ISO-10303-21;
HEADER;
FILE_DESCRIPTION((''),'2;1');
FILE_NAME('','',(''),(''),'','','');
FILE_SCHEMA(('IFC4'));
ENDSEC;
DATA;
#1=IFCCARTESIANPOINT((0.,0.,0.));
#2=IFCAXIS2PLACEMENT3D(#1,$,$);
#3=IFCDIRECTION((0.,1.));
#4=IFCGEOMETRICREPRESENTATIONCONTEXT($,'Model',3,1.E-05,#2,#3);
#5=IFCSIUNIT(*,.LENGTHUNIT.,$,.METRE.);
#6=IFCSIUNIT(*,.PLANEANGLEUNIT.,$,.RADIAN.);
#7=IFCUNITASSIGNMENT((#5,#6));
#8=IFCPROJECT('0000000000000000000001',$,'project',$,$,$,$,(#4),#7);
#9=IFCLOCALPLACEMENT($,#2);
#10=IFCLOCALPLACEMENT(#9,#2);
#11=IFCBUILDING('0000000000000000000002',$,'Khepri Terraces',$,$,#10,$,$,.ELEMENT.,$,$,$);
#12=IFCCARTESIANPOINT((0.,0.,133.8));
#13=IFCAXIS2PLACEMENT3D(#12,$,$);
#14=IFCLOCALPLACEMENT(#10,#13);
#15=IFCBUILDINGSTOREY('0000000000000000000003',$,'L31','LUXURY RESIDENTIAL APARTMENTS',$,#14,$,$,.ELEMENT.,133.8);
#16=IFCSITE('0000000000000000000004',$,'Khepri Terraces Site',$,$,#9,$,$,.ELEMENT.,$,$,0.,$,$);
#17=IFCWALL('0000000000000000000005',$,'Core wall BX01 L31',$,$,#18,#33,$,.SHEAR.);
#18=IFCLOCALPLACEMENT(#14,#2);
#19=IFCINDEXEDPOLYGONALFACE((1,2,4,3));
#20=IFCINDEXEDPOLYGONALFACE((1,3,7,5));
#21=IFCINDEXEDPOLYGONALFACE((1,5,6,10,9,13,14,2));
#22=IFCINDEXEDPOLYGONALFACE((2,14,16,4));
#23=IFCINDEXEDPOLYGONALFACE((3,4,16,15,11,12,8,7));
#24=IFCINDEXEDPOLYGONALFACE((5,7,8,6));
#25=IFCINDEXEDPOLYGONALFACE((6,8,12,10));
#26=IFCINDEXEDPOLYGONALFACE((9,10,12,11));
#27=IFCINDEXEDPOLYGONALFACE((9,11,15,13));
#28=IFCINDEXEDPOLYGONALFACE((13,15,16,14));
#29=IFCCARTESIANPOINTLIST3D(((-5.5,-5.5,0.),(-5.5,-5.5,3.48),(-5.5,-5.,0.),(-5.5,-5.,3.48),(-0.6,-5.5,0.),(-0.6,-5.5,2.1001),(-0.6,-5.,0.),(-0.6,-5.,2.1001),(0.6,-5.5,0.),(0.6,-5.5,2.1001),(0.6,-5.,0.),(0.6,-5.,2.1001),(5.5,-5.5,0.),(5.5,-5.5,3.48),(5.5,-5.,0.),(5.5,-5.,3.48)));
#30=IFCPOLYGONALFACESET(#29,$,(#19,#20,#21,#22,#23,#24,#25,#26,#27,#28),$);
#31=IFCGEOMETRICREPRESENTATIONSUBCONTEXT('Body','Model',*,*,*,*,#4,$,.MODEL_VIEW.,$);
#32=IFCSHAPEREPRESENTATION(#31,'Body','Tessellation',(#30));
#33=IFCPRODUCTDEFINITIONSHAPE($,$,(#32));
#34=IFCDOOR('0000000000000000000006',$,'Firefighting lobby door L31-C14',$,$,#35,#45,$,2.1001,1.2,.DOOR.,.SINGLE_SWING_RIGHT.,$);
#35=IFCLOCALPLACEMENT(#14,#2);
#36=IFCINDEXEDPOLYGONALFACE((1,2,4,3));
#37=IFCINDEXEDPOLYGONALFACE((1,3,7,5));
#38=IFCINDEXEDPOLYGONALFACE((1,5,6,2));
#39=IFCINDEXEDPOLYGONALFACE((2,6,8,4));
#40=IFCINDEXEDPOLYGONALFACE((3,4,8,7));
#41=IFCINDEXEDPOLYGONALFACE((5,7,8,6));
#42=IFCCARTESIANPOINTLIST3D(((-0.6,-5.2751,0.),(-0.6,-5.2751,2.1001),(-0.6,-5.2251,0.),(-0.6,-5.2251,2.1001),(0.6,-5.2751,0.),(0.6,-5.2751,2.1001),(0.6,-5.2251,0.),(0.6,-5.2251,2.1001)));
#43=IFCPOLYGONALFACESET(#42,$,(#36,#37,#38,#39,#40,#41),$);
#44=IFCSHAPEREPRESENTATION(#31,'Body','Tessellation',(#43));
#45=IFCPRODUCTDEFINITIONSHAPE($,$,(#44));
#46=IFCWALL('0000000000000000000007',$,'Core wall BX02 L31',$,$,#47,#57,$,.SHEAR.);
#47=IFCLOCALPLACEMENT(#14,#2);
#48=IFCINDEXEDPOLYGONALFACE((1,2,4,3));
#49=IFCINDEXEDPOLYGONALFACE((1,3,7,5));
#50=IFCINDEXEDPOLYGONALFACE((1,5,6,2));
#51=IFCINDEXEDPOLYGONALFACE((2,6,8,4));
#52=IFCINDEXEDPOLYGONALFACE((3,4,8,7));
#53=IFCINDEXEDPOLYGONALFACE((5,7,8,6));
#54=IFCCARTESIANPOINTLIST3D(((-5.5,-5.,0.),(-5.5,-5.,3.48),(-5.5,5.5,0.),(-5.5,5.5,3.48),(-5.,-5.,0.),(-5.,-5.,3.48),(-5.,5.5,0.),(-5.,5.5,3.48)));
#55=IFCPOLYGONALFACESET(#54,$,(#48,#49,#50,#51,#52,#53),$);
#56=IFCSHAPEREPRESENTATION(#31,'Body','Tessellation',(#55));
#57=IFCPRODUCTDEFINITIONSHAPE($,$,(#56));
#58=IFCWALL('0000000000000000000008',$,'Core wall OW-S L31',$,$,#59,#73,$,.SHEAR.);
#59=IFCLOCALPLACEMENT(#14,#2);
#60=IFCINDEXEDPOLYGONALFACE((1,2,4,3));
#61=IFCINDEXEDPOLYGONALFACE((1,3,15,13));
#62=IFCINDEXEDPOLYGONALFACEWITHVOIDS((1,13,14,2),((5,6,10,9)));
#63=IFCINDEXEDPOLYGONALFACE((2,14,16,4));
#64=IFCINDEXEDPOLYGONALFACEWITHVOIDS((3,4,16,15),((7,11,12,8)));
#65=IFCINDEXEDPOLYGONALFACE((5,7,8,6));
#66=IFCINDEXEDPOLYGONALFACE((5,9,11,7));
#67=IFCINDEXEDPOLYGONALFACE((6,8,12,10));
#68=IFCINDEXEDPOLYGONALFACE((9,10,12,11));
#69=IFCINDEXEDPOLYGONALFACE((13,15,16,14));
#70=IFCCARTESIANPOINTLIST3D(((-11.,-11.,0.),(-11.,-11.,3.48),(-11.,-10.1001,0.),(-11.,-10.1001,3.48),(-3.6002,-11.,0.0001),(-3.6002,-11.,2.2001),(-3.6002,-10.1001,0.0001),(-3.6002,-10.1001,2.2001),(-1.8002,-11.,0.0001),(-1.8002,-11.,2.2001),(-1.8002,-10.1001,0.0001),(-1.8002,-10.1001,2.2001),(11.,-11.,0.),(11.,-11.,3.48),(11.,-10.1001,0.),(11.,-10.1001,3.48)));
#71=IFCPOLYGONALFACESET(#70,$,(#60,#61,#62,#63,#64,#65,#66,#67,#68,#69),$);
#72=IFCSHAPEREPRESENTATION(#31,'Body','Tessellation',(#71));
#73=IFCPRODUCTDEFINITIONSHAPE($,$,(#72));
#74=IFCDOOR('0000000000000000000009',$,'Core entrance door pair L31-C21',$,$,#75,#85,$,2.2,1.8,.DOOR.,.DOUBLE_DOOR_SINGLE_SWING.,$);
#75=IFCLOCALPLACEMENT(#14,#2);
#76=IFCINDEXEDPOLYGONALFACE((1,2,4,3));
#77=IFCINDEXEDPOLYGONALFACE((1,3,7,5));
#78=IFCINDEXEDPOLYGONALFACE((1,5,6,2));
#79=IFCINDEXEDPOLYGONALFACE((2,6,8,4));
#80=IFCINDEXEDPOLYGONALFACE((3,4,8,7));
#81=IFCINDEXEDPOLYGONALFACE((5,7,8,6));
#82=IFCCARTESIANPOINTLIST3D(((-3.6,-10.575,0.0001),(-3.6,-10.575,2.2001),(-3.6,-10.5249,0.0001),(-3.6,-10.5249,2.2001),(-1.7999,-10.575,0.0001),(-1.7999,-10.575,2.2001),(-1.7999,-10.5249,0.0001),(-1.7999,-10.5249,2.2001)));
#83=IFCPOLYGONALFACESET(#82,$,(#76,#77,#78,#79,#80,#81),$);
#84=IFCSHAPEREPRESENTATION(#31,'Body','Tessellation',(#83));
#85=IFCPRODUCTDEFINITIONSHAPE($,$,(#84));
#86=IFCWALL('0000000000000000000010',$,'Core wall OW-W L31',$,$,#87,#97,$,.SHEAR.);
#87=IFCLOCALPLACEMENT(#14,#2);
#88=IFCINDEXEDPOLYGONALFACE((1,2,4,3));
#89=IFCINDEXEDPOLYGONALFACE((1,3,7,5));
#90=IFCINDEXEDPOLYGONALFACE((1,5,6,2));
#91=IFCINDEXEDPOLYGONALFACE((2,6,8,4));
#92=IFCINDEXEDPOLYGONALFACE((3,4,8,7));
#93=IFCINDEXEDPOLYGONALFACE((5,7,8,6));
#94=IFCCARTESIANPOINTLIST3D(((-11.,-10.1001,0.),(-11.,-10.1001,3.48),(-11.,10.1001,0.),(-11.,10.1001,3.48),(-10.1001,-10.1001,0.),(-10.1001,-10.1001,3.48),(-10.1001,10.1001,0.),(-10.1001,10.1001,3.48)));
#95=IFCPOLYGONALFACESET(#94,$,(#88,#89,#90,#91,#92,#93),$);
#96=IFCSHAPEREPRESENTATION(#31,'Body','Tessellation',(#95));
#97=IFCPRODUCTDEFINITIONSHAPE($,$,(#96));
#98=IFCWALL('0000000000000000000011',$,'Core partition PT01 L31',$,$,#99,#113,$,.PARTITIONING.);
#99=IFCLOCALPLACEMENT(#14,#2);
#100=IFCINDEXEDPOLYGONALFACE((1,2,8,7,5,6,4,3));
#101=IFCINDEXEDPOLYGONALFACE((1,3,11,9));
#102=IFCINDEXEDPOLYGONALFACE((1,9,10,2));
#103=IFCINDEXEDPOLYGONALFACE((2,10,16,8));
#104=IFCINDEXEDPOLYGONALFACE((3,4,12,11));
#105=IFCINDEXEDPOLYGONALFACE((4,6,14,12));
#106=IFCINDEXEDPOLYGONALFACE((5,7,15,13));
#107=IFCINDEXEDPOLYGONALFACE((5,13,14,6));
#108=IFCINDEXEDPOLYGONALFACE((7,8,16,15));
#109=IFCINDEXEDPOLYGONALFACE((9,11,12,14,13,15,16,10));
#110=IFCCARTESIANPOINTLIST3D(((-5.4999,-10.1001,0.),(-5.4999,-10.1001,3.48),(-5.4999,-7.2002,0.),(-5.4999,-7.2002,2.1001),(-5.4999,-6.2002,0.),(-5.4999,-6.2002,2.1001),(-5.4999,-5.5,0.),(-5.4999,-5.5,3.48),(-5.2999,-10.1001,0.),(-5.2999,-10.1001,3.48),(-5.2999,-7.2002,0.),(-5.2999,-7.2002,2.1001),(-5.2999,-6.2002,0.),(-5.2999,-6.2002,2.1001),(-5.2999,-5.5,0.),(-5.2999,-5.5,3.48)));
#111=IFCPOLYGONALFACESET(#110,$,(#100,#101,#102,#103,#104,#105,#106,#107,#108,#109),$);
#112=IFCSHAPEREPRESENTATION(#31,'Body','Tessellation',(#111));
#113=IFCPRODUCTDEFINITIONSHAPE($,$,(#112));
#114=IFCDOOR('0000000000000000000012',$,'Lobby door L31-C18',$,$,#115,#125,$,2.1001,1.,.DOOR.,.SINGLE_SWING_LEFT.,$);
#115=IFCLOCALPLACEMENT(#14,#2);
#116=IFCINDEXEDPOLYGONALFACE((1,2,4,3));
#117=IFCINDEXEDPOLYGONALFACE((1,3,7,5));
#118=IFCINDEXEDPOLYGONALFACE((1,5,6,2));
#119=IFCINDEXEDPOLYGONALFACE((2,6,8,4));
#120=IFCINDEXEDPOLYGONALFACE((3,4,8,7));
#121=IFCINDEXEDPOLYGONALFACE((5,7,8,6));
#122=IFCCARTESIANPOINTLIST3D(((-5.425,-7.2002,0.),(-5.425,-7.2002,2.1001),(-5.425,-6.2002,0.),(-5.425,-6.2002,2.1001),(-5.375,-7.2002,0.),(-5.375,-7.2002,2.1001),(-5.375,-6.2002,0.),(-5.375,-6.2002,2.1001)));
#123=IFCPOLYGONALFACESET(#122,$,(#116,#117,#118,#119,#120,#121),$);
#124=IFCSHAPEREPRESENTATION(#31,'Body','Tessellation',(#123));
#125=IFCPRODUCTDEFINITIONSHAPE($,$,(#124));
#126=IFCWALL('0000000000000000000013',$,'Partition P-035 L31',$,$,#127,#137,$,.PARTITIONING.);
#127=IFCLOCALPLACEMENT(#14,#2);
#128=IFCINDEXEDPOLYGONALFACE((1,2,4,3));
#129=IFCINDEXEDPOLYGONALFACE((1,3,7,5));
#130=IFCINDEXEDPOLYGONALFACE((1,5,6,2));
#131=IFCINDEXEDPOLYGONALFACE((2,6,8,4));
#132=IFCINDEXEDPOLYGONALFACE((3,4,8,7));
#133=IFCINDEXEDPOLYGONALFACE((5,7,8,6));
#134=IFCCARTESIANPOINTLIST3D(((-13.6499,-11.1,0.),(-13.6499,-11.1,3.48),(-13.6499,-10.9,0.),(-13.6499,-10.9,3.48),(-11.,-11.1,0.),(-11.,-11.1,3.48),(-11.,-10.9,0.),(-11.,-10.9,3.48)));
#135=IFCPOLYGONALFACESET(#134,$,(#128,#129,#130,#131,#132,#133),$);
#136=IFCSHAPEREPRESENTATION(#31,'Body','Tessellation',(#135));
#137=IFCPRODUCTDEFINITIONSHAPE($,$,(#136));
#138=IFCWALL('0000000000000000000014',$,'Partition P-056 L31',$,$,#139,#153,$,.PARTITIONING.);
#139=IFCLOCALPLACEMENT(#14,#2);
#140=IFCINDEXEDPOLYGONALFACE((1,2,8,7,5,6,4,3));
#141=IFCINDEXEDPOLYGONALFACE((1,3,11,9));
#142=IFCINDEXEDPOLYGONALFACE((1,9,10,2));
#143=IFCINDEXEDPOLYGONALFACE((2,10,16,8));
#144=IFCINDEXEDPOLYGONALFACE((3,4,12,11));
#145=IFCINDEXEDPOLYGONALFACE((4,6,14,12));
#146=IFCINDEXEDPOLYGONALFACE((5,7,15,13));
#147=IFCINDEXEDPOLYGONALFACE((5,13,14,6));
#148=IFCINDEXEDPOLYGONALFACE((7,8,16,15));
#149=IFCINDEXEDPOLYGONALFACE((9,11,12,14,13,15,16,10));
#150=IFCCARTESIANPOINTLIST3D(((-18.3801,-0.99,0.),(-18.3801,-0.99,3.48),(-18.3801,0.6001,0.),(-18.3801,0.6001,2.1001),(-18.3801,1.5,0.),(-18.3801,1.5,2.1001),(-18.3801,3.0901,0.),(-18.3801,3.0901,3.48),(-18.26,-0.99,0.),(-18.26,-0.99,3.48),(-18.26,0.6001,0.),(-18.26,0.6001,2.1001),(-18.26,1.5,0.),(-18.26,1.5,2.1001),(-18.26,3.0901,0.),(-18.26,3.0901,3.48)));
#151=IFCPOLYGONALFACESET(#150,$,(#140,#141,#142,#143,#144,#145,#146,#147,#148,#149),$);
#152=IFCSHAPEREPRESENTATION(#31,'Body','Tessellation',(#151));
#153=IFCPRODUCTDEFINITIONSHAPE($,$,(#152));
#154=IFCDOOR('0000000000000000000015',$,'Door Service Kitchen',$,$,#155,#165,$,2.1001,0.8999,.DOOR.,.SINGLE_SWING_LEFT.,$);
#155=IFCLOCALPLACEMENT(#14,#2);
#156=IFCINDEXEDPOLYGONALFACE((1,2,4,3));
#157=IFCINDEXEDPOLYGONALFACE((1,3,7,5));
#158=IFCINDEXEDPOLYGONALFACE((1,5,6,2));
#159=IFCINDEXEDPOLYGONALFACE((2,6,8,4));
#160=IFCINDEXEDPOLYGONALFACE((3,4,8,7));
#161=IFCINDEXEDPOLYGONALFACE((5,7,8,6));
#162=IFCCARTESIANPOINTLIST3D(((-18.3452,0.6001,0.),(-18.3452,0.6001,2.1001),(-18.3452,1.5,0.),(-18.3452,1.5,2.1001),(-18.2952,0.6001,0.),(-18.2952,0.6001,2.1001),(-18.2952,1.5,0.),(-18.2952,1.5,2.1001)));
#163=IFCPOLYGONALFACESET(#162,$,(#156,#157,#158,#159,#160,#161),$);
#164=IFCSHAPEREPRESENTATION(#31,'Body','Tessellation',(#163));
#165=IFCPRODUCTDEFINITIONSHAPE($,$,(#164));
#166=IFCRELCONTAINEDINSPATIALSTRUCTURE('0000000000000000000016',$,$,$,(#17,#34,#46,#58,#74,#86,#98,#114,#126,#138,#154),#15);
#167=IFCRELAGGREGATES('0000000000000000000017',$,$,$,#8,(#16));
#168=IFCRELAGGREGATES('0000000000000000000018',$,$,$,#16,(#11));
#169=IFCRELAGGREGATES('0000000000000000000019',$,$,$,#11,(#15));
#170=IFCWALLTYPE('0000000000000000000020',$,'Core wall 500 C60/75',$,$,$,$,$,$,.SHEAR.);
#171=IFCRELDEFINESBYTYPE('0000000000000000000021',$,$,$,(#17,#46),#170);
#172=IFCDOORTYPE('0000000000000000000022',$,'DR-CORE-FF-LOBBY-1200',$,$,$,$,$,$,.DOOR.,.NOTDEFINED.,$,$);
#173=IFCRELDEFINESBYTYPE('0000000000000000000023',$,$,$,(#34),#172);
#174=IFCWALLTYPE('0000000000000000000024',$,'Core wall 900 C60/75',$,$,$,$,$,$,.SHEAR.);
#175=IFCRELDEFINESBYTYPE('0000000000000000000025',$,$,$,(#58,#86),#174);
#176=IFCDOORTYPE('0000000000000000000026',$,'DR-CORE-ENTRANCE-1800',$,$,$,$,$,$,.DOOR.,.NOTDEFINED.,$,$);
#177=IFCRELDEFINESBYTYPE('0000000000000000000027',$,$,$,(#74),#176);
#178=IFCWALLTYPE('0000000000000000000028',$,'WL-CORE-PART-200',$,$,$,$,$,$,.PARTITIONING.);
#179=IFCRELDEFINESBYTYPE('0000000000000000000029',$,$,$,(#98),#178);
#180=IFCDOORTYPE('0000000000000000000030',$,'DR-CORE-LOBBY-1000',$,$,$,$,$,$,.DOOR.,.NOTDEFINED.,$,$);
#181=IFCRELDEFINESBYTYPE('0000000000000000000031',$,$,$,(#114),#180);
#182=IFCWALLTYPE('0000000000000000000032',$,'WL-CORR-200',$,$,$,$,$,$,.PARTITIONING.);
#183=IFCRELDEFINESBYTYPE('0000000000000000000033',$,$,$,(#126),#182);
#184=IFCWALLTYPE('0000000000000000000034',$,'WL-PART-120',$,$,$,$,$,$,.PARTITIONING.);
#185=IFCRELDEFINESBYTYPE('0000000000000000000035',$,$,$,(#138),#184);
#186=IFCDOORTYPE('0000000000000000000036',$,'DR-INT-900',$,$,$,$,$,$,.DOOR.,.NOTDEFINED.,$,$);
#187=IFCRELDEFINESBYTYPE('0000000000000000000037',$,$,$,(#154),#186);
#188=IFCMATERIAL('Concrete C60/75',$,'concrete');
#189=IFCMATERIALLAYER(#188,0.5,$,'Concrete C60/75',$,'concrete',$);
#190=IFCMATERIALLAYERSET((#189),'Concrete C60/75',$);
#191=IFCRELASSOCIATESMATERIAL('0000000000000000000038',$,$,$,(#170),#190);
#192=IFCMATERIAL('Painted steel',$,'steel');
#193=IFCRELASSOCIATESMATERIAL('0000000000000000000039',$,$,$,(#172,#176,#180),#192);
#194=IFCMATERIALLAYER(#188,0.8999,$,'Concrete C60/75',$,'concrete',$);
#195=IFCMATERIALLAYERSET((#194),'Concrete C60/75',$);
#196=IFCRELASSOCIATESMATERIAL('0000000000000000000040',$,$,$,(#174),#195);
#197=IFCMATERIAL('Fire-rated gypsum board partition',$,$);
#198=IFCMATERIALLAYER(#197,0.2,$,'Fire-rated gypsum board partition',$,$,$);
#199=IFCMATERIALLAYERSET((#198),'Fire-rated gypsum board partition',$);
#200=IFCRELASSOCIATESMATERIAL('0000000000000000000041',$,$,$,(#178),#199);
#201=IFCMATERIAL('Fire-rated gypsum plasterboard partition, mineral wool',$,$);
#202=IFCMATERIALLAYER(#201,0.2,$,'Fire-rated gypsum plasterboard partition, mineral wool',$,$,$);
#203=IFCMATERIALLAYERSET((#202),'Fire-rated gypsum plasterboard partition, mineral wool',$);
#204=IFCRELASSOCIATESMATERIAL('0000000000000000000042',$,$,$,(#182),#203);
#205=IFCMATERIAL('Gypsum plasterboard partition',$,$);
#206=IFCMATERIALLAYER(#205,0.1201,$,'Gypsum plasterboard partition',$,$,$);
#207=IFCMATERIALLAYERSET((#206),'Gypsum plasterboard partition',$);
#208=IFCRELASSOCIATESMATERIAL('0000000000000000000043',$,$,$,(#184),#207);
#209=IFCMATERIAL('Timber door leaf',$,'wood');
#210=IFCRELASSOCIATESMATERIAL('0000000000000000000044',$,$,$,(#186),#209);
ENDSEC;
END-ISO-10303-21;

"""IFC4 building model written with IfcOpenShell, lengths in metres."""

from ifc_helpers import new_model, si_unit, direction, frame, frame_2d, origin, place, context, subcontext, project, spatial, rectangle, extrude, material, layer, layer_set, type_object, element, fill, save


model = new_model("IFC4")

# Units and contexts
model_context = context("Model", 3, precision=1e-05, world=origin(), true_north=direction((0.0, 1.0)))
body_context = subcontext(model_context, "Body", "Model", "MODEL_VIEW")
ifc_project = project(units=[si_unit("LENGTHUNIT", "METRE"), si_unit("PLANEANGLEUNIT", "RADIAN")], contexts=[model_context])

# Site, building, storey
site_placement = place(None, origin())
site = spatial("IfcSite", under=ifc_project, at=site_placement, Name="Khepri Terraces Site", CompositionType="ELEMENT", RefElevation=0.0)
building_placement = place(site_placement, origin())
building = spatial("IfcBuilding", under=site, at=building_placement, Name="Khepri Terraces", CompositionType="ELEMENT")
storey_placement = place(building_placement, frame((0.0, 0.0, 133.8)))
storey = spatial("IfcBuildingStorey", under=building, at=storey_placement, Name="L31", Description="LUXURY RESIDENTIAL APARTMENTS", CompositionType="ELEMENT", Elevation=133.8)

# Shared definitions
ifc_material_1 = material(Name="Concrete C60/75", Category="concrete")

# Shared definitions
ifc_material_2 = material(Name="Painted steel", Category="steel")

# Wall, opening, door
ifc_layer_1 = layer(ifc_material_1, 0.5, Name="Concrete C60/75", Category="concrete")
ifc_layer_set_1 = layer_set([ifc_layer_1], Name="Concrete C60/75")
wall_type_1 = type_object("IfcWallType", Name="Core wall 500 C60/75", PredefinedType="SHEAR", material=ifc_layer_set_1)
wall_1_placement = place(storey_placement, frame((-5.5, -5.25, 0.0), z_axis=(0.0, 0.0, 1.0), x_axis=(1.0, 0.0, 0.0)))
wall_1 = element("IfcWall", 1, at=wall_1_placement, inside=storey, type_object=wall_type_1, Name="Core wall BX01 L31", PredefinedType="SHEAR", context=body_context, shape_type="SweptSolid", body=[
    extrude(rectangle(XDim=11.0, YDim=0.5, at=frame_2d((5.5, 0.0))), origin(), (0.0, 0.0, 1.0), 3.48),
])
opening_1_placement = place(wall_1_placement, frame((4.8999, 0.0, 0.0)))
opening_1 = element("IfcOpeningElement", 2, at=opening_1_placement, cuts=wall_1, PredefinedType="OPENING", context=body_context, shape_type="SweptSolid", body=[
    extrude(rectangle(XDim=1.2, YDim=2.1001, at=frame_2d((0.6001, 1.05))), frame((0.0, 0.26, 0.0), z_axis=(0.0, -1.0, 0.0), x_axis=(1.0, 0.0, 0.0)), (0.0, 0.0, 1.0), 0.52),
])
door_type_1 = type_object("IfcDoorType", Name="DR-CORE-FF-LOBBY-1200", OperationType="NOTDEFINED", PredefinedType="DOOR", material=ifc_material_2)
door_1_placement = place(opening_1_placement, origin())
door_1 = element("IfcDoor", 3, at=door_1_placement, inside=storey, type_object=door_type_1, Name="Firefighting lobby door L31-C14", OperationType="SINGLE_SWING_RIGHT", OverallHeight=2.1001, OverallWidth=1.2, PredefinedType="DOOR", context=body_context, shape_type="SweptSolid", body=[
    extrude(rectangle(XDim=1.2, YDim=2.1001, at=frame_2d((0.6001, 1.05))), frame((0.0, 0.0249, 0.0), z_axis=(0.0, -1.0, 0.0), x_axis=(1.0, 0.0, 0.0)), (0.0, 0.0, 1.0), 0.05),
])
fill(opening_1, door_1)

# Wall
wall_2_placement = place(storey_placement, frame((-5.25, -5.0, 0.0), z_axis=(0.0, 0.0, 1.0), x_axis=(0.0, 1.0, 0.0)))
element("IfcWall", 4, at=wall_2_placement, inside=storey, type_object=wall_type_1, Name="Core wall BX02 L31", PredefinedType="SHEAR", context=body_context, shape_type="SweptSolid", body=[
    extrude(rectangle(XDim=10.5, YDim=0.5, at=frame_2d((5.25, 0.0))), origin(), (0.0, 0.0, 1.0), 3.48),
])

# Wall, opening, door
ifc_layer_2 = layer(ifc_material_1, 0.8999, Name="Concrete C60/75", Category="concrete")
ifc_layer_set_2 = layer_set([ifc_layer_2], Name="Concrete C60/75")
wall_type_2 = type_object("IfcWallType", Name="Core wall 900 C60/75", PredefinedType="SHEAR", material=ifc_layer_set_2)
wall_3_placement = place(storey_placement, frame((-11.0, -10.55, 0.0), z_axis=(0.0, 0.0, 1.0), x_axis=(1.0, 0.0, 0.0)))
wall_3 = element("IfcWall", 5, at=wall_3_placement, inside=storey, type_object=wall_type_2, Name="Core wall OW-S L31", PredefinedType="SHEAR", context=body_context, shape_type="SweptSolid", body=[
    extrude(rectangle(XDim=22.0, YDim=0.8999, at=frame_2d((11.0, 0.0))), origin(), (0.0, 0.0, 1.0), 3.48),
])
opening_2_placement = place(wall_3_placement, frame((7.3999, 0.0, 0.0)))
opening_2 = element("IfcOpeningElement", 6, at=opening_2_placement, cuts=wall_3, PredefinedType="OPENING", context=body_context, shape_type="SweptSolid", body=[
    extrude(rectangle(XDim=1.8, YDim=2.2, at=frame_2d((0.8999, 1.1001))), frame((0.0, 0.46, 0.0), z_axis=(0.0, -1.0, 0.0), x_axis=(1.0, 0.0, 0.0)), (0.0, 0.0, 1.0), 0.9199),
])
door_type_2 = type_object("IfcDoorType", Name="DR-CORE-ENTRANCE-1800", OperationType="NOTDEFINED", PredefinedType="DOOR", material=ifc_material_2)
door_2_placement = place(opening_2_placement, frame((1.8, 0.0, 0.0), z_axis=(0.0, 0.0, 1.0), x_axis=(-1.0, 0.0, 0.0)))
door_2 = element("IfcDoor", 7, at=door_2_placement, inside=storey, type_object=door_type_2, Name="Core entrance door pair L31-C21", OperationType="DOUBLE_DOOR_SINGLE_SWING", OverallHeight=2.2, OverallWidth=1.8, PredefinedType="DOOR", context=body_context, shape_type="SweptSolid", body=[
    extrude(rectangle(XDim=1.8, YDim=2.2, at=frame_2d((0.8999, 1.1001))), frame((0.0, 0.0249, 0.0), z_axis=(0.0, -1.0, 0.0), x_axis=(1.0, 0.0, 0.0)), (0.0, 0.0, 1.0), 0.05),
])
fill(opening_2, door_2)

# Wall
wall_4_placement = place(storey_placement, frame((-10.55, -10.1001, 0.0), z_axis=(0.0, 0.0, 1.0), x_axis=(0.0, 1.0, 0.0)))
element("IfcWall", 8, at=wall_4_placement, inside=storey, type_object=wall_type_2, Name="Core wall OW-W L31", PredefinedType="SHEAR", context=body_context, shape_type="SweptSolid", body=[
    extrude(rectangle(XDim=20.2002, YDim=0.8999, at=frame_2d((10.1001, 0.0))), origin(), (0.0, 0.0, 1.0), 3.48),
])

# Wall, opening, door
ifc_material_3 = material(Name="Fire-rated gypsum board partition")
ifc_layer_3 = layer(ifc_material_3, 0.2, Name="Fire-rated gypsum board partition")
ifc_layer_set_3 = layer_set([ifc_layer_3], Name="Fire-rated gypsum board partition")
wall_type_3 = type_object("IfcWallType", Name="WL-CORE-PART-200", PredefinedType="PARTITIONING", material=ifc_layer_set_3)
wall_5_placement = place(storey_placement, frame((-5.3999, -10.1001, 0.0), z_axis=(0.0, 0.0, 1.0), x_axis=(0.0, 1.0, 0.0)))
wall_5 = element("IfcWall", 9, at=wall_5_placement, inside=storey, type_object=wall_type_3, Name="Core partition PT01 L31", PredefinedType="PARTITIONING", context=body_context, shape_type="SweptSolid", body=[
    extrude(rectangle(XDim=4.6001, YDim=0.2, at=frame_2d((2.3, 0.0))), origin(), (0.0, 0.0, 1.0), 3.48),
])
opening_3_placement = place(wall_5_placement, frame((2.8999, 0.0, 0.0)))
opening_3 = element("IfcOpeningElement", 10, at=opening_3_placement, cuts=wall_5, PredefinedType="OPENING", context=body_context, shape_type="SweptSolid", body=[
    extrude(rectangle(XDim=1.0, YDim=2.1001, at=frame_2d((0.5, 1.05))), frame((0.0, 0.1099, 0.0), z_axis=(0.0, -1.0, 0.0), x_axis=(1.0, 0.0, 0.0)), (0.0, 0.0, 1.0), 0.22),
])
door_type_3 = type_object("IfcDoorType", Name="DR-CORE-LOBBY-1000", OperationType="NOTDEFINED", PredefinedType="DOOR", material=ifc_material_2)
door_3_placement = place(opening_3_placement, frame((1.0, 0.0, 0.0), z_axis=(0.0, 0.0, 1.0), x_axis=(-1.0, 0.0, 0.0)))
door_3 = element("IfcDoor", 11, at=door_3_placement, inside=storey, type_object=door_type_3, Name="Lobby door L31-C18", OperationType="SINGLE_SWING_LEFT", OverallHeight=2.1001, OverallWidth=1.0, PredefinedType="DOOR", context=body_context, shape_type="SweptSolid", body=[
    extrude(rectangle(XDim=1.0, YDim=2.1001, at=frame_2d((0.5, 1.05))), frame((0.0, 0.0249, 0.0), z_axis=(0.0, -1.0, 0.0), x_axis=(1.0, 0.0, 0.0)), (0.0, 0.0, 1.0), 0.05),
])
fill(opening_3, door_3)

# Wall
ifc_material_4 = material(Name="Fire-rated gypsum plasterboard partition, mineral wool")
ifc_layer_4 = layer(ifc_material_4, 0.2, Name="Fire-rated gypsum plasterboard partition, mineral wool")
ifc_layer_set_4 = layer_set([ifc_layer_4], Name="Fire-rated gypsum plasterboard partition, mineral wool")
wall_type_4 = type_object("IfcWallType", Name="WL-CORR-200", PredefinedType="PARTITIONING", material=ifc_layer_set_4)
wall_6_placement = place(storey_placement, frame((-13.6499, -11.0, 0.0), z_axis=(0.0, 0.0, 1.0), x_axis=(1.0, 0.0, 0.0)))
element("IfcWall", 12, at=wall_6_placement, inside=storey, type_object=wall_type_4, Name="Partition P-035 L31", PredefinedType="PARTITIONING", context=body_context, shape_type="SweptSolid", body=[
    extrude(rectangle(XDim=2.6499, YDim=0.2, at=frame_2d((1.325, 0.0))), origin(), (0.0, 0.0, 1.0), 3.48),
])

# Wall, opening, door
ifc_material_5 = material(Name="Gypsum plasterboard partition")
ifc_layer_5 = layer(ifc_material_5, 0.1201, Name="Gypsum plasterboard partition")
ifc_layer_set_5 = layer_set([ifc_layer_5], Name="Gypsum plasterboard partition")
wall_type_5 = type_object("IfcWallType", Name="WL-PART-120", PredefinedType="PARTITIONING", material=ifc_layer_set_5)
wall_7_placement = place(storey_placement, frame((-18.3201, -0.99, 0.0), z_axis=(0.0, 0.0, 1.0), x_axis=(0.0, 1.0, 0.0)))
wall_7 = element("IfcWall", 13, at=wall_7_placement, inside=storey, type_object=wall_type_5, Name="Partition P-056 L31", PredefinedType="PARTITIONING", context=body_context, shape_type="SweptSolid", body=[
    extrude(rectangle(XDim=4.0801, YDim=0.1201, at=frame_2d((2.04, 0.0))), origin(), (0.0, 0.0, 1.0), 3.48),
])
opening_4_placement = place(wall_7_placement, frame((1.5901, 0.0, 0.0)))
opening_4 = element("IfcOpeningElement", 14, at=opening_4_placement, cuts=wall_7, PredefinedType="OPENING", context=body_context, shape_type="SweptSolid", body=[
    extrude(rectangle(XDim=0.8999, YDim=2.1001, at=frame_2d((0.45, 1.05))), frame((0.0, 0.0701, 0.0), z_axis=(0.0, -1.0, 0.0), x_axis=(1.0, 0.0, 0.0)), (0.0, 0.0, 1.0), 0.1401),
])
ifc_material_6 = material(Name="Timber door leaf", Category="wood")
door_type_4 = type_object("IfcDoorType", Name="DR-INT-900", OperationType="NOTDEFINED", PredefinedType="DOOR", material=ifc_material_6)
door_4_placement = place(opening_4_placement, frame((0.8999, 0.0, 0.0), z_axis=(0.0, 0.0, 1.0), x_axis=(-1.0, 0.0, 0.0)))
door_4 = element("IfcDoor", 15, at=door_4_placement, inside=storey, type_object=door_type_4, Name="Door Service Kitchen", OperationType="SINGLE_SWING_LEFT", OverallHeight=2.1001, OverallWidth=0.8999, PredefinedType="DOOR", context=body_context, shape_type="SweptSolid", body=[
    extrude(rectangle(XDim=0.8999, YDim=2.1001, at=frame_2d((0.45, 1.05))), frame((0.0, 0.0249, 0.0), z_axis=(0.0, -1.0, 0.0), x_axis=(1.0, 0.0, 0.0)), (0.0, 0.0, 1.0), 0.05),
])
fill(opening_4, door_4)

save(model, "model.ifc")
